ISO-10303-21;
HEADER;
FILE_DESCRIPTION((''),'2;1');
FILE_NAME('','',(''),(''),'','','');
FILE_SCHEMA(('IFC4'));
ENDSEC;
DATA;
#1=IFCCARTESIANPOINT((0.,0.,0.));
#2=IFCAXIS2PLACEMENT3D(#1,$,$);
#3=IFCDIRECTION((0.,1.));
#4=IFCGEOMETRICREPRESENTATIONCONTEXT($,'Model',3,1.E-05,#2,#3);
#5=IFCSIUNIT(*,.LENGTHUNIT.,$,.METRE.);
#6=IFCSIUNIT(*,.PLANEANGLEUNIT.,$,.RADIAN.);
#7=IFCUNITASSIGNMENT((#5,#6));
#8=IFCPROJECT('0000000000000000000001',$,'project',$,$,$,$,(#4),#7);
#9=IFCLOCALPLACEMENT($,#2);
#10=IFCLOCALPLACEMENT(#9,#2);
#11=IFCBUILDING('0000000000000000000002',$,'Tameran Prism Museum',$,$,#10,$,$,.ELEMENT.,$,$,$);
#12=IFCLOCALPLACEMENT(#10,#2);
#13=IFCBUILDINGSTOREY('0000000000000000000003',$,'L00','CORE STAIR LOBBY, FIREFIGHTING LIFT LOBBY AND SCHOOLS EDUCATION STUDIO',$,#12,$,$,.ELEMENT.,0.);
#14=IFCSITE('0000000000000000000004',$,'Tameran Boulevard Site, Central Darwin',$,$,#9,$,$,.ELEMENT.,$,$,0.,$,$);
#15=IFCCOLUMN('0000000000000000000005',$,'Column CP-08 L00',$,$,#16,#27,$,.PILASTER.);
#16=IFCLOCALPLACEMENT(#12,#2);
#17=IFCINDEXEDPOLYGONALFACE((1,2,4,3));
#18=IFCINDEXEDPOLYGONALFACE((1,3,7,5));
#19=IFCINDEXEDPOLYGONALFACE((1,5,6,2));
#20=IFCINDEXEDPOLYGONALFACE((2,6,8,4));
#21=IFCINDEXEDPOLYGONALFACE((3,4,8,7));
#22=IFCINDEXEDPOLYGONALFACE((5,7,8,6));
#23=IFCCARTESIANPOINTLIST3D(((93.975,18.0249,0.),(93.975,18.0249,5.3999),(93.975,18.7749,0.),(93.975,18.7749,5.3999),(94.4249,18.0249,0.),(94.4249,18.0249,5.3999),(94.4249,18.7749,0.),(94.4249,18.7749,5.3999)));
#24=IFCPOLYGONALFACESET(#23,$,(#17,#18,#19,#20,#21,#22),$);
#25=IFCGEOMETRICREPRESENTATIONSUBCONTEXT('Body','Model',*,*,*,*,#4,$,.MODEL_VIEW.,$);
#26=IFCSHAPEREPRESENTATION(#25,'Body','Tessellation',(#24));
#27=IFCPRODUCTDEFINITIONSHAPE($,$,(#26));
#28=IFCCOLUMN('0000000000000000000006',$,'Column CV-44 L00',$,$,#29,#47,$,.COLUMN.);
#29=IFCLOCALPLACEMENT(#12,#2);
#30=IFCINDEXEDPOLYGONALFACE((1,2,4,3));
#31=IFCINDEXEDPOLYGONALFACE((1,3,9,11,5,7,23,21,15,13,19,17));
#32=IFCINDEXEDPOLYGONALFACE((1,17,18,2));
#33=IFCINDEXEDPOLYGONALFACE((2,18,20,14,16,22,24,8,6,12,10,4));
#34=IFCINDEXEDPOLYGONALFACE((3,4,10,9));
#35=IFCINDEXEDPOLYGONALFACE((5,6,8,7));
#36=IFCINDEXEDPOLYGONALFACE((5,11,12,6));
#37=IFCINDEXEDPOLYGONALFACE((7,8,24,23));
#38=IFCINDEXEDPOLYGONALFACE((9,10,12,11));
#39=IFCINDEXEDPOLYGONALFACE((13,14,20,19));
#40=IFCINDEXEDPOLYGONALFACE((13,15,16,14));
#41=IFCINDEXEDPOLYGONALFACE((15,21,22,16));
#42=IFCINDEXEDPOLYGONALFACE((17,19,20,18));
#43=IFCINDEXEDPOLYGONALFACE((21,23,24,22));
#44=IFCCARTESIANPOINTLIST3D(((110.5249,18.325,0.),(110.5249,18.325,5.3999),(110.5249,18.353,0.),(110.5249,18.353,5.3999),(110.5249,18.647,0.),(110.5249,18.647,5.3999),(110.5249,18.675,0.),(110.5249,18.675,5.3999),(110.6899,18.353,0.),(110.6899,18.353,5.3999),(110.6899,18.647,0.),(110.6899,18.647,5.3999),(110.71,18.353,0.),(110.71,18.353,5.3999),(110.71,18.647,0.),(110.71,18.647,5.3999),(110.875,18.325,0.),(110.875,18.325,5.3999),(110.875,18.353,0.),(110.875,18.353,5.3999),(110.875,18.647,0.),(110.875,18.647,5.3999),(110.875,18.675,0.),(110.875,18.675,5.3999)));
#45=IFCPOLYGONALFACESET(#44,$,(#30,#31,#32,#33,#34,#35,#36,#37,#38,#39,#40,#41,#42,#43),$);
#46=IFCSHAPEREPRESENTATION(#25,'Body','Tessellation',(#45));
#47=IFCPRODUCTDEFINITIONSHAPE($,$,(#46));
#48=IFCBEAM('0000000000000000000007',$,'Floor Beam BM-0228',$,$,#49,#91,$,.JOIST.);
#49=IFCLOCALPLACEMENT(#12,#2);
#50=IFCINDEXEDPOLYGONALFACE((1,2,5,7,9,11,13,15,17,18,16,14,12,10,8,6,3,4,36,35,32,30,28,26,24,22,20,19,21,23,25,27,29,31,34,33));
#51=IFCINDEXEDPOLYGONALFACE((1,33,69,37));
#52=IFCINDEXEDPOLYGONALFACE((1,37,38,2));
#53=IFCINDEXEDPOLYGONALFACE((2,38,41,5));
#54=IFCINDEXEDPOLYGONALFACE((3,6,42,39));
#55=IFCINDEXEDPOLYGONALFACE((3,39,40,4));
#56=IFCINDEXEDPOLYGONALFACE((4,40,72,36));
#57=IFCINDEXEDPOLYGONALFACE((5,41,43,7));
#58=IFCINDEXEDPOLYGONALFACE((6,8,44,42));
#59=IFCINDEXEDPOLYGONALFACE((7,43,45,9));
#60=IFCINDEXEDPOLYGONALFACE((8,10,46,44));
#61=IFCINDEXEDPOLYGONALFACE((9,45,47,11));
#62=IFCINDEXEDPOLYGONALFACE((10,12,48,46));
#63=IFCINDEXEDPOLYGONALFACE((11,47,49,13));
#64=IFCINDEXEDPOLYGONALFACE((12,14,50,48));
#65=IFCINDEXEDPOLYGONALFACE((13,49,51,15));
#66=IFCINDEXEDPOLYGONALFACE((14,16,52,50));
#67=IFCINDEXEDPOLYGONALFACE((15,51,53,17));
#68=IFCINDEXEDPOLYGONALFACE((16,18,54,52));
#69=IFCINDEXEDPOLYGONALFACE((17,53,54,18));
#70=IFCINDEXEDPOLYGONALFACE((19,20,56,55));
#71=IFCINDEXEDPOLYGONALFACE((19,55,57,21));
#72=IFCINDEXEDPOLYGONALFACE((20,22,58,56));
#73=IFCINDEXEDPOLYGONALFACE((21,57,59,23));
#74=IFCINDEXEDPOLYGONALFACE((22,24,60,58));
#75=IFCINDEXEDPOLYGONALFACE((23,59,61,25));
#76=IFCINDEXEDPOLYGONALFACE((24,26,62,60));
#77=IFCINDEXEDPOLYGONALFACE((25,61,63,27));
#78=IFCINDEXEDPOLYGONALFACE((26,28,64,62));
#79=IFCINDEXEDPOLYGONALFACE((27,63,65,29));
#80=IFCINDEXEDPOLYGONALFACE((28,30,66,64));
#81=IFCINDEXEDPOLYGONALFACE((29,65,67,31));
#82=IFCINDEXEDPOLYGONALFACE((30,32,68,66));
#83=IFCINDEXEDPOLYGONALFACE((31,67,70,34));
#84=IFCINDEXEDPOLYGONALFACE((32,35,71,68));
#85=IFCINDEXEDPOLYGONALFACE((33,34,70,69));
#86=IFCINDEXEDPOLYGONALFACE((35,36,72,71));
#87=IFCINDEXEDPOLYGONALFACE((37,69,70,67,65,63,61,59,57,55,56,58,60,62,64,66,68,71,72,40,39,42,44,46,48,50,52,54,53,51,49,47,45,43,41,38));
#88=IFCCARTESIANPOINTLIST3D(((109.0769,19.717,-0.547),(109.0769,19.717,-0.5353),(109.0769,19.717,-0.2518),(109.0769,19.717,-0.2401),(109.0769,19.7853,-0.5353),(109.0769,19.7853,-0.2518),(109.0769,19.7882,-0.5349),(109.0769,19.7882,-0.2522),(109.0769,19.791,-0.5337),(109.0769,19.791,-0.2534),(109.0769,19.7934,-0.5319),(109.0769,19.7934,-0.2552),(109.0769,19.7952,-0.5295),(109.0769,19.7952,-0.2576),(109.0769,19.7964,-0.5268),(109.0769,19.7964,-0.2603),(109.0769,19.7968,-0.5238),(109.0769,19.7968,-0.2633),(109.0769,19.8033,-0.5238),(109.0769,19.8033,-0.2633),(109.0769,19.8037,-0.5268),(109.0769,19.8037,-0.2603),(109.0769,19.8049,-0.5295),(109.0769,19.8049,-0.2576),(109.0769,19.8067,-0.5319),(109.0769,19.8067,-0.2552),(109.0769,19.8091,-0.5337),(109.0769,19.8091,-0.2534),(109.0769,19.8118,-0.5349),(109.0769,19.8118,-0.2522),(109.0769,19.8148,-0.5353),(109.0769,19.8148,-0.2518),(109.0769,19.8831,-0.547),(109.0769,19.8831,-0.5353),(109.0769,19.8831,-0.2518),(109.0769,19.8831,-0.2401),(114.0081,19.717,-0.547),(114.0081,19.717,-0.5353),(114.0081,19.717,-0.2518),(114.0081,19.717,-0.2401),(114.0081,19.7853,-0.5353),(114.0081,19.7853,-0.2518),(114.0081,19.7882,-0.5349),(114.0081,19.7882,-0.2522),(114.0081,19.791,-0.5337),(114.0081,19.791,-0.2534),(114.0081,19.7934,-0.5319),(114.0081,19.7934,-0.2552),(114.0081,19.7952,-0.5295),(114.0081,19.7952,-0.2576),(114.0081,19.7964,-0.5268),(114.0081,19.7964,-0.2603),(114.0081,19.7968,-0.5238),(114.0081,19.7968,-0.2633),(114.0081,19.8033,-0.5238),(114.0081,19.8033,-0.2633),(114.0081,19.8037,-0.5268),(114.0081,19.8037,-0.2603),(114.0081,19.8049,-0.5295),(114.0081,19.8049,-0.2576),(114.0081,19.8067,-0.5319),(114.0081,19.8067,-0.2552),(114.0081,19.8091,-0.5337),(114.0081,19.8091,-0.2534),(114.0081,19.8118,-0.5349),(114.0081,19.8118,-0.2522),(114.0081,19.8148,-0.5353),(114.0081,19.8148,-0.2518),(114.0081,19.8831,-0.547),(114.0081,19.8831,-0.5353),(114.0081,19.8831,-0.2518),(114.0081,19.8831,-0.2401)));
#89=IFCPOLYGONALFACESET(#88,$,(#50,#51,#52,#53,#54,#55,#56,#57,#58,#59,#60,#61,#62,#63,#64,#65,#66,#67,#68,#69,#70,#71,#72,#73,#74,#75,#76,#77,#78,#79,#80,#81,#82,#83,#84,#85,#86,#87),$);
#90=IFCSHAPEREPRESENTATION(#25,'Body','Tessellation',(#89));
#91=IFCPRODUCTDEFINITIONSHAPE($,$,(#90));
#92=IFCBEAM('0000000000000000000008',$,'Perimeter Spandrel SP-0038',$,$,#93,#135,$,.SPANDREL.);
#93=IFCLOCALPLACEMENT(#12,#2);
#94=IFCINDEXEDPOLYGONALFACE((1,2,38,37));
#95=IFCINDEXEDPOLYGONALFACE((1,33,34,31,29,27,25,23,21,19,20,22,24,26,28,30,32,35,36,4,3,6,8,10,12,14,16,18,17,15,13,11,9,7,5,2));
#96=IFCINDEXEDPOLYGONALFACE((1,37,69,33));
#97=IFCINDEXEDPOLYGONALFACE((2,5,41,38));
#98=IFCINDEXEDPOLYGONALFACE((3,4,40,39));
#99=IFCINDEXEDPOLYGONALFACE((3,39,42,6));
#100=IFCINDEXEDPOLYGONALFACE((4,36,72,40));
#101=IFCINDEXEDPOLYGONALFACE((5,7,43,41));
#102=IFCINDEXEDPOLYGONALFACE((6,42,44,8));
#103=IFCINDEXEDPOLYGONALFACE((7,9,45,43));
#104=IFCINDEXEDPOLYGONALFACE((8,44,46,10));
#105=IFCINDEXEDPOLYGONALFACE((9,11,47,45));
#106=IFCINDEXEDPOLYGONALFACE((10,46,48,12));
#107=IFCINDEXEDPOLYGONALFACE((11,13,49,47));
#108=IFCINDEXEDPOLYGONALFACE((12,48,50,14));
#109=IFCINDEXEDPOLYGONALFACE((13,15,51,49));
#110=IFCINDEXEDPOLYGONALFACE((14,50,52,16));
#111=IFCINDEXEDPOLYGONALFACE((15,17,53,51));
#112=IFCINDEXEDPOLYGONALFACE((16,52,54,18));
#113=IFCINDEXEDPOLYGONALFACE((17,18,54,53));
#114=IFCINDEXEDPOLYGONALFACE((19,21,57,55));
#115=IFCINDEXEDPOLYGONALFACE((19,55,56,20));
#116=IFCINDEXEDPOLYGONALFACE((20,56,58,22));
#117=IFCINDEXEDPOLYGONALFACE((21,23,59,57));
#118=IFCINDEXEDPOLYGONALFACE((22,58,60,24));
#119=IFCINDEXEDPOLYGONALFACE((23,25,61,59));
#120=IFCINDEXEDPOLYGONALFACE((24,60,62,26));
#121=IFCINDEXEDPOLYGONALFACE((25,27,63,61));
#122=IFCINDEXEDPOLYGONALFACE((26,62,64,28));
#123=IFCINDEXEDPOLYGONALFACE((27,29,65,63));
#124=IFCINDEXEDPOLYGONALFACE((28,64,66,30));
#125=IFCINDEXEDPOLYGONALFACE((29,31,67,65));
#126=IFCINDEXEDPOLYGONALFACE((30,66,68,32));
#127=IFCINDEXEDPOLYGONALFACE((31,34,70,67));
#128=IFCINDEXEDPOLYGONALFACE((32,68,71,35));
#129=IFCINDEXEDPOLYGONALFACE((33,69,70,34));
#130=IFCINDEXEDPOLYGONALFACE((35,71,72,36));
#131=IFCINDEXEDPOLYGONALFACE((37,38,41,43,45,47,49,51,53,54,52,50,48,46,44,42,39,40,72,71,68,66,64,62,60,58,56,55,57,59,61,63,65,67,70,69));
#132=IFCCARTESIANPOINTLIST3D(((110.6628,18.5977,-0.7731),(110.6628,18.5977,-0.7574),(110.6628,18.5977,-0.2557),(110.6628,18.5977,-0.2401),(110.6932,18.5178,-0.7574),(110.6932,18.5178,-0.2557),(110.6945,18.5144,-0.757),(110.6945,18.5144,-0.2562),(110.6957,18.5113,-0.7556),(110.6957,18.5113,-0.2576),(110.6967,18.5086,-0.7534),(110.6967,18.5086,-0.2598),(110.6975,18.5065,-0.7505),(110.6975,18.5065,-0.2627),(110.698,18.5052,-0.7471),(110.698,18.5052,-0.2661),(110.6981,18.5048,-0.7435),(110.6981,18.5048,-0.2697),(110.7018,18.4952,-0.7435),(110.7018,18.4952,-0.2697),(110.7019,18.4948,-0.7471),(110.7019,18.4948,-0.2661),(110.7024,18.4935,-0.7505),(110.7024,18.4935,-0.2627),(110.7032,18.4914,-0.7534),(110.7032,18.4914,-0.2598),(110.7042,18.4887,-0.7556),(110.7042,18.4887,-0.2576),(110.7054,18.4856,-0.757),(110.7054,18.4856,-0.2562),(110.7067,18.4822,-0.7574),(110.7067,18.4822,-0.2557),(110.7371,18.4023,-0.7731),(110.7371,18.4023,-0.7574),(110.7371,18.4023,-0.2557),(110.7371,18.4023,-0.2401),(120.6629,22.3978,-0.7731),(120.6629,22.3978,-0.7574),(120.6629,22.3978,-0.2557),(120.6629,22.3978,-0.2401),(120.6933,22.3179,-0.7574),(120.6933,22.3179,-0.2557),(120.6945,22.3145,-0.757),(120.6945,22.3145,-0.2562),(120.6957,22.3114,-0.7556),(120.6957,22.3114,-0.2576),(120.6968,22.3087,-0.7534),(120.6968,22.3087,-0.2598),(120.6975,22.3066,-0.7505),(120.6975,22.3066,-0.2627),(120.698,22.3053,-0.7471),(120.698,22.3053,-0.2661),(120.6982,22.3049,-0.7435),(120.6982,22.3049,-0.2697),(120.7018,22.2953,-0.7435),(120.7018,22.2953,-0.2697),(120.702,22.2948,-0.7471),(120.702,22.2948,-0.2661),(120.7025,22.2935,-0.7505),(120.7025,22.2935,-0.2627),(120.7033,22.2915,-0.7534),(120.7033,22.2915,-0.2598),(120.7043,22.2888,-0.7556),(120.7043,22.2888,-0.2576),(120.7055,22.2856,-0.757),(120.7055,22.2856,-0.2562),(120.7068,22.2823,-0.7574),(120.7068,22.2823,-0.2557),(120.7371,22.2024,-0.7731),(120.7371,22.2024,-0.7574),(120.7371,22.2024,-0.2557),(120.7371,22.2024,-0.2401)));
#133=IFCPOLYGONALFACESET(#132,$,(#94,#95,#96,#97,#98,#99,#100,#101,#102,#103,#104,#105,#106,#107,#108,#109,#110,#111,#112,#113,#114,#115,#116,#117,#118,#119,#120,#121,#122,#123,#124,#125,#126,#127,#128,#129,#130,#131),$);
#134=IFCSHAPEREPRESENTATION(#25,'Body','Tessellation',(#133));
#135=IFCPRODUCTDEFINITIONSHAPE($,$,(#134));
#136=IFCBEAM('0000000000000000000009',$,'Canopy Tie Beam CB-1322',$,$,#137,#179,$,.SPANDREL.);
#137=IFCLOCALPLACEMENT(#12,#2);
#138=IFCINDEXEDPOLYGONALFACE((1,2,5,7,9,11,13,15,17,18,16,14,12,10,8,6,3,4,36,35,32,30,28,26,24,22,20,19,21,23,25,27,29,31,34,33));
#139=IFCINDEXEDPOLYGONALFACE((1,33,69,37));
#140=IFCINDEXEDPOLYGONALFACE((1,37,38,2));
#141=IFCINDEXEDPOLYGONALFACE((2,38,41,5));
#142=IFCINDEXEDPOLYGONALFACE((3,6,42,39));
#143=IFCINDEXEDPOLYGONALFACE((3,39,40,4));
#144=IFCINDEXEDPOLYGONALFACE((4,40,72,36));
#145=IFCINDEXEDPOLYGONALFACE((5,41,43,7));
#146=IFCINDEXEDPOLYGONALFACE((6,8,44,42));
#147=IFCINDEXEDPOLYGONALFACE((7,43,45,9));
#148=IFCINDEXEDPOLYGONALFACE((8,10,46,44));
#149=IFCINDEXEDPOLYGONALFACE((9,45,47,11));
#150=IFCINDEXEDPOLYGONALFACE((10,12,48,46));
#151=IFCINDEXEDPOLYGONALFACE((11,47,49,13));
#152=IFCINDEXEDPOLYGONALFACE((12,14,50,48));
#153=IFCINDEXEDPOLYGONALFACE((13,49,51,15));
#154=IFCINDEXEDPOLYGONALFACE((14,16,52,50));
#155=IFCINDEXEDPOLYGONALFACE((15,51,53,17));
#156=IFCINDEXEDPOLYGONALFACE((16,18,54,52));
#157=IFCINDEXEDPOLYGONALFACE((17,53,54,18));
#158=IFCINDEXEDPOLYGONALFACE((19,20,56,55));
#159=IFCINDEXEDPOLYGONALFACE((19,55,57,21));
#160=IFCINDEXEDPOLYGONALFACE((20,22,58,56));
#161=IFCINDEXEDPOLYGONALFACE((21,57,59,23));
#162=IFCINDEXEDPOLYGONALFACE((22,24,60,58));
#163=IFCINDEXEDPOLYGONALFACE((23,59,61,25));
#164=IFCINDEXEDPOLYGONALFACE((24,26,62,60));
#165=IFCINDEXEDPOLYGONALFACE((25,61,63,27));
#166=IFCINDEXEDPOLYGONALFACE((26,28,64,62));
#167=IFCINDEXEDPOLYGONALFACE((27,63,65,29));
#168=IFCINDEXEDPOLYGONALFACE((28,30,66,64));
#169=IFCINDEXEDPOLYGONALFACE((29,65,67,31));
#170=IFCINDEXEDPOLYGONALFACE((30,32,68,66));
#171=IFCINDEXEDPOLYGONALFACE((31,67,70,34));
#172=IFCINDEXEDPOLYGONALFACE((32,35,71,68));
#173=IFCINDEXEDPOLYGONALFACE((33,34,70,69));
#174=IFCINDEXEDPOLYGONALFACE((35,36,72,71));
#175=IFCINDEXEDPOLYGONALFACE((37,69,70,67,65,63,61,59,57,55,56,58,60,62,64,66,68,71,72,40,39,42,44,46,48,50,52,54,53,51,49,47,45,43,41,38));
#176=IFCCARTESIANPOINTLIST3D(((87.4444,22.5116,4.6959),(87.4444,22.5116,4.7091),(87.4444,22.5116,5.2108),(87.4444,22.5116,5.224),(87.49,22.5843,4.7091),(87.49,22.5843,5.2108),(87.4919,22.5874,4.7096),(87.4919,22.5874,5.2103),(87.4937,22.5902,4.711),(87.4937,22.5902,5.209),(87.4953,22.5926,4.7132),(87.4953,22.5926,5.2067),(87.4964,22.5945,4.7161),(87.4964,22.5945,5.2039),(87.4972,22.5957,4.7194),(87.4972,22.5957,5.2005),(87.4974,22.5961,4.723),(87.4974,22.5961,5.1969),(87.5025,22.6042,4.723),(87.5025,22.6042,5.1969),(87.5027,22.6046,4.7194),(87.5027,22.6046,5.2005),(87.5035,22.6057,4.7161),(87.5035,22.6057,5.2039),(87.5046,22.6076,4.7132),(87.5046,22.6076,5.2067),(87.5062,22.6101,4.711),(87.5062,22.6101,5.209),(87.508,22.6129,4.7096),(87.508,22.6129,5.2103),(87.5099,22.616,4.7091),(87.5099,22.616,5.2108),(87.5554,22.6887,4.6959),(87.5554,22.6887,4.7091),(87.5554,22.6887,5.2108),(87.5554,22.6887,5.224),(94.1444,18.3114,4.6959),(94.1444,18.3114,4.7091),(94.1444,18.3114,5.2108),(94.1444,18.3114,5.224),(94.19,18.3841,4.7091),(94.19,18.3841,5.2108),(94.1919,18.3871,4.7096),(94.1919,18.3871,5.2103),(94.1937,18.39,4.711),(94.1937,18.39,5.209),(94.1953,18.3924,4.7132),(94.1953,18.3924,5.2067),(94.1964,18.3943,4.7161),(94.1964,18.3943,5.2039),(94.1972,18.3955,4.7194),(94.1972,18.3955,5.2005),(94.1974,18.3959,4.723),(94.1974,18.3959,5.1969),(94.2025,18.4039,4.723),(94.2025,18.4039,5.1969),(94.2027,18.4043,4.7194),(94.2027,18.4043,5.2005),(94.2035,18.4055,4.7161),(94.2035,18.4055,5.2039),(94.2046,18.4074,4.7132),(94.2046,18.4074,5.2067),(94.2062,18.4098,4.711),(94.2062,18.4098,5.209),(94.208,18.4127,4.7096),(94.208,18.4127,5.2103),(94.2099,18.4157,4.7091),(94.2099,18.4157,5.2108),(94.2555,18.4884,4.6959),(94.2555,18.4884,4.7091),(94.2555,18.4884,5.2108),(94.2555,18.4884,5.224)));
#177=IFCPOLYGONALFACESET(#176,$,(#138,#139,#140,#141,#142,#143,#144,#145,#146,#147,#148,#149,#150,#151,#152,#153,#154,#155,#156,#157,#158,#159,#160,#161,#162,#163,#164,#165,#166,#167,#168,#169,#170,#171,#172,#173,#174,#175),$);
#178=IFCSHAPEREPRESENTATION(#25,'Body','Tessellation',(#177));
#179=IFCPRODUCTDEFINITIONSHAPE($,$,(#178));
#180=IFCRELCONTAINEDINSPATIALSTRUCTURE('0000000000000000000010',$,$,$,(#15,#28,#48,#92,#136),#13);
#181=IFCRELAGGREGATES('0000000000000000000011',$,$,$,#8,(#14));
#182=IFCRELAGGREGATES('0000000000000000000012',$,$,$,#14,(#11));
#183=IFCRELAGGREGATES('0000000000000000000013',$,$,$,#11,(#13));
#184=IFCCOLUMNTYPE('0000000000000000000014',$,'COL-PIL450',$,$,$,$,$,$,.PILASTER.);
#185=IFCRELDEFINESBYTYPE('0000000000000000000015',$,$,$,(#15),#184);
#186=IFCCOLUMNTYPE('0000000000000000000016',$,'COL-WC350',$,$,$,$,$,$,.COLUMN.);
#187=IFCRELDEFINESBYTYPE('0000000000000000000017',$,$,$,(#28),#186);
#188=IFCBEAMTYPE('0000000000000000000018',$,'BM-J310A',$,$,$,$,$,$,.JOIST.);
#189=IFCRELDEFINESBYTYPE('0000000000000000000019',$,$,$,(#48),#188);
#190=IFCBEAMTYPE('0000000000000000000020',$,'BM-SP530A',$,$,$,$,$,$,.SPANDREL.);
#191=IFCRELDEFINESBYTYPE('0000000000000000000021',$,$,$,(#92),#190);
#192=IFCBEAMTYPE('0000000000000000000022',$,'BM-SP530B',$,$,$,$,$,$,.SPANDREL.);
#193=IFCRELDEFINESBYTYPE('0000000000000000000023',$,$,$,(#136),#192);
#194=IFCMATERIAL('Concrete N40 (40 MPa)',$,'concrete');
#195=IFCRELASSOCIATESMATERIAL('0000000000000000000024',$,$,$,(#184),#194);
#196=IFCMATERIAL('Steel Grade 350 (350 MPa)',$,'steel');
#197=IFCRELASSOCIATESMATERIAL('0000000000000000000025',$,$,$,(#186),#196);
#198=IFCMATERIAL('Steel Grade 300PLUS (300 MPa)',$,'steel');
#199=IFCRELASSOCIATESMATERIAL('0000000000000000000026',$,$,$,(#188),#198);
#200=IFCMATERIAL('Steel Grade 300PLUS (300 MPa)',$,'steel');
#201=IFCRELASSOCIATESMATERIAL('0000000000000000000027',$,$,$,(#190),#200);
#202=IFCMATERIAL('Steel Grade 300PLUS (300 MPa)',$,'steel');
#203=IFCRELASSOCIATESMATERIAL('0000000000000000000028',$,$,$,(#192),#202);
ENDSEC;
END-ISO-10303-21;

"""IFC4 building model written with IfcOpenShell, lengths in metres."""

from ifc_helpers import new_model, si_unit, direction, frame, origin, origin_2d, place, context, subcontext, project, spatial, rectangle, i_section, extrude, material, material_profile, profile_set, type_object, element, save


model = new_model("IFC4")

# Units and contexts
model_context = context("Model", 3, precision=1e-05, world=origin(), true_north=direction((0.0, 1.0)))
body_context = subcontext(model_context, "Body", "Model", "MODEL_VIEW")
ifc_project = project(units=[si_unit("LENGTHUNIT", "METRE"), si_unit("PLANEANGLEUNIT", "RADIAN")], contexts=[model_context])

# Site, building, storey
site_placement = place(None, origin())
site = spatial("IfcSite", under=ifc_project, at=site_placement, Name="Tameran Boulevard Site, Central Darwin", CompositionType="ELEMENT", RefElevation=0.0)
building_placement = place(site_placement, origin())
building = spatial("IfcBuilding", under=site, at=building_placement, Name="Tameran Prism Museum", CompositionType="ELEMENT")
storey_placement = place(building_placement, origin())
storey = spatial("IfcBuildingStorey", under=building, at=storey_placement, Name="L00", Description="CORE STAIR LOBBY, FIREFIGHTING LIFT LOBBY AND SCHOOLS EDUCATION STUDIO", CompositionType="ELEMENT", Elevation=0.0)

# Columns
ifc_material_1 = material(Name="Concrete N40 (40 MPa)", Category="concrete")
ifc_material_profile_1 = material_profile(ifc_material_1, rectangle(XDim=0.45, YDim=0.75, at=origin_2d()))
ifc_profile_set_1 = profile_set([ifc_material_profile_1])
column_type_1 = type_object("IfcColumnType", Name="COL-PIL450", PredefinedType="PILASTER", material=ifc_profile_set_1)
column_1_placement = place(storey_placement, frame((94.2, 18.3999, 0.0), z_axis=(0.0, 0.0, 1.0), x_axis=(1.0, 0.0, 0.0)))
element("IfcColumn", 1, at=column_1_placement, inside=storey, type_object=column_type_1, Name="Column CP-08 L00", PredefinedType="PILASTER", context=body_context, shape_type="SweptSolid", body=[
    extrude(rectangle(XDim=0.45, YDim=0.75, at=origin_2d()), origin(), (0.0, 0.0, 1.0), 5.3999),
])
ifc_material_2 = material(Name="Steel Grade 350 (350 MPa)", Category="steel")
ifc_material_profile_2 = material_profile(ifc_material_2, i_section(OverallWidth=0.3501, OverallDepth=0.3501, WebThickness=0.02, FlangeThickness=0.0281, at=origin_2d()))
ifc_profile_set_2 = profile_set([ifc_material_profile_2])
column_type_2 = type_object("IfcColumnType", Name="COL-WC350", PredefinedType="COLUMN", material=ifc_profile_set_2)
column_2_placement = place(storey_placement, frame((110.7, 18.5, 0.0), z_axis=(0.0, 0.0, 1.0), x_axis=(1.0, 0.0, 0.0)))
element("IfcColumn", 2, at=column_2_placement, inside=storey, type_object=column_type_2, Name="Column CV-44 L00", PredefinedType="COLUMN", context=body_context, shape_type="SweptSolid", body=[
    extrude(i_section(OverallWidth=0.3501, OverallDepth=0.3501, WebThickness=0.02, FlangeThickness=0.0281, at=origin_2d()), origin(), (0.0, 0.0, 1.0), 5.3999),
])

# Beams
ifc_material_3 = material(Name="Steel Grade 300PLUS (300 MPa)", Category="steel")
ifc_material_profile_3 = material_profile(ifc_material_3, i_section(OverallWidth=0.166, OverallDepth=0.3069, WebThickness=0.0066, FlangeThickness=0.0117, FilletRadius=0.0115, at=origin_2d()))
ifc_profile_set_3 = profile_set([ifc_material_profile_3])
beam_type_1 = type_object("IfcBeamType", Name="BM-J310A", PredefinedType="JOIST", material=ifc_profile_set_3)
beam_1_placement = place(storey_placement, frame((109.0769, 19.8, -0.3936), z_axis=(1.0, 0.0, 0.0), x_axis=(0.0, 1.0, 0.0)))
element("IfcBeam", 3, at=beam_1_placement, inside=storey, type_object=beam_type_1, Name="Floor Beam BM-0228", PredefinedType="JOIST", context=body_context, shape_type="SweptSolid", body=[
    extrude(i_section(OverallWidth=0.166, OverallDepth=0.3069, WebThickness=0.0066, FlangeThickness=0.0117, FilletRadius=0.0115, at=origin_2d()), origin(), (0.0, 0.0, 1.0), 4.9312),
])
ifc_material_4 = material(Name="Steel Grade 300PLUS (300 MPa)", Category="steel")
ifc_material_profile_4 = material_profile(ifc_material_4, i_section(OverallWidth=0.209, OverallDepth=0.533, WebThickness=0.0103, FlangeThickness=0.0156, FilletRadius=0.0139, at=origin_2d()))
ifc_profile_set_4 = profile_set([ifc_material_profile_4])
beam_type_2 = type_object("IfcBeamType", Name="BM-SP530A", PredefinedType="SPANDREL", material=ifc_profile_set_4)
beam_2_placement = place(storey_placement, frame((110.7, 18.5, -0.5066), z_axis=(0.934782, 0.355222, 0.0), x_axis=(-0.355222, 0.934782, 0.0)))
element("IfcBeam", 4, at=beam_2_placement, inside=storey, type_object=beam_type_2, Name="Perimeter Spandrel SP-0038", PredefinedType="SPANDREL", context=body_context, shape_type="SweptSolid", body=[
    extrude(i_section(OverallWidth=0.209, OverallDepth=0.533, WebThickness=0.0103, FlangeThickness=0.0156, FilletRadius=0.0139, at=origin_2d()), origin(), (0.0, 0.0, 1.0), 10.6978),
])
ifc_material_5 = material(Name="Steel Grade 300PLUS (300 MPa)", Category="steel")
ifc_material_profile_5 = material_profile(ifc_material_5, i_section(OverallWidth=0.209, OverallDepth=0.5281, WebThickness=0.0095, FlangeThickness=0.0132, FilletRadius=0.0139, at=origin_2d()))
ifc_profile_set_5 = profile_set([ifc_material_profile_5])
beam_type_3 = type_object("IfcBeamType", Name="BM-SP530B", PredefinedType="SPANDREL", material=ifc_profile_set_5)
beam_3_placement = place(storey_placement, frame((94.2, 18.3999, 4.96), z_axis=(-0.847274, 0.531156, 0.0), x_axis=(-0.531156, -0.847274, 0.0)))
element("IfcBeam", 5, at=beam_3_placement, inside=storey, type_object=beam_type_3, Name="Canopy Tie Beam CB-1322", PredefinedType="SPANDREL", context=body_context, shape_type="SweptSolid", body=[
    extrude(i_section(OverallWidth=0.209, OverallDepth=0.5281, WebThickness=0.0095, FlangeThickness=0.0132, FilletRadius=0.0139, at=origin_2d()), origin(), (0.0, 0.0, 1.0), 7.9077),
])

save(model, "model.ifc")
